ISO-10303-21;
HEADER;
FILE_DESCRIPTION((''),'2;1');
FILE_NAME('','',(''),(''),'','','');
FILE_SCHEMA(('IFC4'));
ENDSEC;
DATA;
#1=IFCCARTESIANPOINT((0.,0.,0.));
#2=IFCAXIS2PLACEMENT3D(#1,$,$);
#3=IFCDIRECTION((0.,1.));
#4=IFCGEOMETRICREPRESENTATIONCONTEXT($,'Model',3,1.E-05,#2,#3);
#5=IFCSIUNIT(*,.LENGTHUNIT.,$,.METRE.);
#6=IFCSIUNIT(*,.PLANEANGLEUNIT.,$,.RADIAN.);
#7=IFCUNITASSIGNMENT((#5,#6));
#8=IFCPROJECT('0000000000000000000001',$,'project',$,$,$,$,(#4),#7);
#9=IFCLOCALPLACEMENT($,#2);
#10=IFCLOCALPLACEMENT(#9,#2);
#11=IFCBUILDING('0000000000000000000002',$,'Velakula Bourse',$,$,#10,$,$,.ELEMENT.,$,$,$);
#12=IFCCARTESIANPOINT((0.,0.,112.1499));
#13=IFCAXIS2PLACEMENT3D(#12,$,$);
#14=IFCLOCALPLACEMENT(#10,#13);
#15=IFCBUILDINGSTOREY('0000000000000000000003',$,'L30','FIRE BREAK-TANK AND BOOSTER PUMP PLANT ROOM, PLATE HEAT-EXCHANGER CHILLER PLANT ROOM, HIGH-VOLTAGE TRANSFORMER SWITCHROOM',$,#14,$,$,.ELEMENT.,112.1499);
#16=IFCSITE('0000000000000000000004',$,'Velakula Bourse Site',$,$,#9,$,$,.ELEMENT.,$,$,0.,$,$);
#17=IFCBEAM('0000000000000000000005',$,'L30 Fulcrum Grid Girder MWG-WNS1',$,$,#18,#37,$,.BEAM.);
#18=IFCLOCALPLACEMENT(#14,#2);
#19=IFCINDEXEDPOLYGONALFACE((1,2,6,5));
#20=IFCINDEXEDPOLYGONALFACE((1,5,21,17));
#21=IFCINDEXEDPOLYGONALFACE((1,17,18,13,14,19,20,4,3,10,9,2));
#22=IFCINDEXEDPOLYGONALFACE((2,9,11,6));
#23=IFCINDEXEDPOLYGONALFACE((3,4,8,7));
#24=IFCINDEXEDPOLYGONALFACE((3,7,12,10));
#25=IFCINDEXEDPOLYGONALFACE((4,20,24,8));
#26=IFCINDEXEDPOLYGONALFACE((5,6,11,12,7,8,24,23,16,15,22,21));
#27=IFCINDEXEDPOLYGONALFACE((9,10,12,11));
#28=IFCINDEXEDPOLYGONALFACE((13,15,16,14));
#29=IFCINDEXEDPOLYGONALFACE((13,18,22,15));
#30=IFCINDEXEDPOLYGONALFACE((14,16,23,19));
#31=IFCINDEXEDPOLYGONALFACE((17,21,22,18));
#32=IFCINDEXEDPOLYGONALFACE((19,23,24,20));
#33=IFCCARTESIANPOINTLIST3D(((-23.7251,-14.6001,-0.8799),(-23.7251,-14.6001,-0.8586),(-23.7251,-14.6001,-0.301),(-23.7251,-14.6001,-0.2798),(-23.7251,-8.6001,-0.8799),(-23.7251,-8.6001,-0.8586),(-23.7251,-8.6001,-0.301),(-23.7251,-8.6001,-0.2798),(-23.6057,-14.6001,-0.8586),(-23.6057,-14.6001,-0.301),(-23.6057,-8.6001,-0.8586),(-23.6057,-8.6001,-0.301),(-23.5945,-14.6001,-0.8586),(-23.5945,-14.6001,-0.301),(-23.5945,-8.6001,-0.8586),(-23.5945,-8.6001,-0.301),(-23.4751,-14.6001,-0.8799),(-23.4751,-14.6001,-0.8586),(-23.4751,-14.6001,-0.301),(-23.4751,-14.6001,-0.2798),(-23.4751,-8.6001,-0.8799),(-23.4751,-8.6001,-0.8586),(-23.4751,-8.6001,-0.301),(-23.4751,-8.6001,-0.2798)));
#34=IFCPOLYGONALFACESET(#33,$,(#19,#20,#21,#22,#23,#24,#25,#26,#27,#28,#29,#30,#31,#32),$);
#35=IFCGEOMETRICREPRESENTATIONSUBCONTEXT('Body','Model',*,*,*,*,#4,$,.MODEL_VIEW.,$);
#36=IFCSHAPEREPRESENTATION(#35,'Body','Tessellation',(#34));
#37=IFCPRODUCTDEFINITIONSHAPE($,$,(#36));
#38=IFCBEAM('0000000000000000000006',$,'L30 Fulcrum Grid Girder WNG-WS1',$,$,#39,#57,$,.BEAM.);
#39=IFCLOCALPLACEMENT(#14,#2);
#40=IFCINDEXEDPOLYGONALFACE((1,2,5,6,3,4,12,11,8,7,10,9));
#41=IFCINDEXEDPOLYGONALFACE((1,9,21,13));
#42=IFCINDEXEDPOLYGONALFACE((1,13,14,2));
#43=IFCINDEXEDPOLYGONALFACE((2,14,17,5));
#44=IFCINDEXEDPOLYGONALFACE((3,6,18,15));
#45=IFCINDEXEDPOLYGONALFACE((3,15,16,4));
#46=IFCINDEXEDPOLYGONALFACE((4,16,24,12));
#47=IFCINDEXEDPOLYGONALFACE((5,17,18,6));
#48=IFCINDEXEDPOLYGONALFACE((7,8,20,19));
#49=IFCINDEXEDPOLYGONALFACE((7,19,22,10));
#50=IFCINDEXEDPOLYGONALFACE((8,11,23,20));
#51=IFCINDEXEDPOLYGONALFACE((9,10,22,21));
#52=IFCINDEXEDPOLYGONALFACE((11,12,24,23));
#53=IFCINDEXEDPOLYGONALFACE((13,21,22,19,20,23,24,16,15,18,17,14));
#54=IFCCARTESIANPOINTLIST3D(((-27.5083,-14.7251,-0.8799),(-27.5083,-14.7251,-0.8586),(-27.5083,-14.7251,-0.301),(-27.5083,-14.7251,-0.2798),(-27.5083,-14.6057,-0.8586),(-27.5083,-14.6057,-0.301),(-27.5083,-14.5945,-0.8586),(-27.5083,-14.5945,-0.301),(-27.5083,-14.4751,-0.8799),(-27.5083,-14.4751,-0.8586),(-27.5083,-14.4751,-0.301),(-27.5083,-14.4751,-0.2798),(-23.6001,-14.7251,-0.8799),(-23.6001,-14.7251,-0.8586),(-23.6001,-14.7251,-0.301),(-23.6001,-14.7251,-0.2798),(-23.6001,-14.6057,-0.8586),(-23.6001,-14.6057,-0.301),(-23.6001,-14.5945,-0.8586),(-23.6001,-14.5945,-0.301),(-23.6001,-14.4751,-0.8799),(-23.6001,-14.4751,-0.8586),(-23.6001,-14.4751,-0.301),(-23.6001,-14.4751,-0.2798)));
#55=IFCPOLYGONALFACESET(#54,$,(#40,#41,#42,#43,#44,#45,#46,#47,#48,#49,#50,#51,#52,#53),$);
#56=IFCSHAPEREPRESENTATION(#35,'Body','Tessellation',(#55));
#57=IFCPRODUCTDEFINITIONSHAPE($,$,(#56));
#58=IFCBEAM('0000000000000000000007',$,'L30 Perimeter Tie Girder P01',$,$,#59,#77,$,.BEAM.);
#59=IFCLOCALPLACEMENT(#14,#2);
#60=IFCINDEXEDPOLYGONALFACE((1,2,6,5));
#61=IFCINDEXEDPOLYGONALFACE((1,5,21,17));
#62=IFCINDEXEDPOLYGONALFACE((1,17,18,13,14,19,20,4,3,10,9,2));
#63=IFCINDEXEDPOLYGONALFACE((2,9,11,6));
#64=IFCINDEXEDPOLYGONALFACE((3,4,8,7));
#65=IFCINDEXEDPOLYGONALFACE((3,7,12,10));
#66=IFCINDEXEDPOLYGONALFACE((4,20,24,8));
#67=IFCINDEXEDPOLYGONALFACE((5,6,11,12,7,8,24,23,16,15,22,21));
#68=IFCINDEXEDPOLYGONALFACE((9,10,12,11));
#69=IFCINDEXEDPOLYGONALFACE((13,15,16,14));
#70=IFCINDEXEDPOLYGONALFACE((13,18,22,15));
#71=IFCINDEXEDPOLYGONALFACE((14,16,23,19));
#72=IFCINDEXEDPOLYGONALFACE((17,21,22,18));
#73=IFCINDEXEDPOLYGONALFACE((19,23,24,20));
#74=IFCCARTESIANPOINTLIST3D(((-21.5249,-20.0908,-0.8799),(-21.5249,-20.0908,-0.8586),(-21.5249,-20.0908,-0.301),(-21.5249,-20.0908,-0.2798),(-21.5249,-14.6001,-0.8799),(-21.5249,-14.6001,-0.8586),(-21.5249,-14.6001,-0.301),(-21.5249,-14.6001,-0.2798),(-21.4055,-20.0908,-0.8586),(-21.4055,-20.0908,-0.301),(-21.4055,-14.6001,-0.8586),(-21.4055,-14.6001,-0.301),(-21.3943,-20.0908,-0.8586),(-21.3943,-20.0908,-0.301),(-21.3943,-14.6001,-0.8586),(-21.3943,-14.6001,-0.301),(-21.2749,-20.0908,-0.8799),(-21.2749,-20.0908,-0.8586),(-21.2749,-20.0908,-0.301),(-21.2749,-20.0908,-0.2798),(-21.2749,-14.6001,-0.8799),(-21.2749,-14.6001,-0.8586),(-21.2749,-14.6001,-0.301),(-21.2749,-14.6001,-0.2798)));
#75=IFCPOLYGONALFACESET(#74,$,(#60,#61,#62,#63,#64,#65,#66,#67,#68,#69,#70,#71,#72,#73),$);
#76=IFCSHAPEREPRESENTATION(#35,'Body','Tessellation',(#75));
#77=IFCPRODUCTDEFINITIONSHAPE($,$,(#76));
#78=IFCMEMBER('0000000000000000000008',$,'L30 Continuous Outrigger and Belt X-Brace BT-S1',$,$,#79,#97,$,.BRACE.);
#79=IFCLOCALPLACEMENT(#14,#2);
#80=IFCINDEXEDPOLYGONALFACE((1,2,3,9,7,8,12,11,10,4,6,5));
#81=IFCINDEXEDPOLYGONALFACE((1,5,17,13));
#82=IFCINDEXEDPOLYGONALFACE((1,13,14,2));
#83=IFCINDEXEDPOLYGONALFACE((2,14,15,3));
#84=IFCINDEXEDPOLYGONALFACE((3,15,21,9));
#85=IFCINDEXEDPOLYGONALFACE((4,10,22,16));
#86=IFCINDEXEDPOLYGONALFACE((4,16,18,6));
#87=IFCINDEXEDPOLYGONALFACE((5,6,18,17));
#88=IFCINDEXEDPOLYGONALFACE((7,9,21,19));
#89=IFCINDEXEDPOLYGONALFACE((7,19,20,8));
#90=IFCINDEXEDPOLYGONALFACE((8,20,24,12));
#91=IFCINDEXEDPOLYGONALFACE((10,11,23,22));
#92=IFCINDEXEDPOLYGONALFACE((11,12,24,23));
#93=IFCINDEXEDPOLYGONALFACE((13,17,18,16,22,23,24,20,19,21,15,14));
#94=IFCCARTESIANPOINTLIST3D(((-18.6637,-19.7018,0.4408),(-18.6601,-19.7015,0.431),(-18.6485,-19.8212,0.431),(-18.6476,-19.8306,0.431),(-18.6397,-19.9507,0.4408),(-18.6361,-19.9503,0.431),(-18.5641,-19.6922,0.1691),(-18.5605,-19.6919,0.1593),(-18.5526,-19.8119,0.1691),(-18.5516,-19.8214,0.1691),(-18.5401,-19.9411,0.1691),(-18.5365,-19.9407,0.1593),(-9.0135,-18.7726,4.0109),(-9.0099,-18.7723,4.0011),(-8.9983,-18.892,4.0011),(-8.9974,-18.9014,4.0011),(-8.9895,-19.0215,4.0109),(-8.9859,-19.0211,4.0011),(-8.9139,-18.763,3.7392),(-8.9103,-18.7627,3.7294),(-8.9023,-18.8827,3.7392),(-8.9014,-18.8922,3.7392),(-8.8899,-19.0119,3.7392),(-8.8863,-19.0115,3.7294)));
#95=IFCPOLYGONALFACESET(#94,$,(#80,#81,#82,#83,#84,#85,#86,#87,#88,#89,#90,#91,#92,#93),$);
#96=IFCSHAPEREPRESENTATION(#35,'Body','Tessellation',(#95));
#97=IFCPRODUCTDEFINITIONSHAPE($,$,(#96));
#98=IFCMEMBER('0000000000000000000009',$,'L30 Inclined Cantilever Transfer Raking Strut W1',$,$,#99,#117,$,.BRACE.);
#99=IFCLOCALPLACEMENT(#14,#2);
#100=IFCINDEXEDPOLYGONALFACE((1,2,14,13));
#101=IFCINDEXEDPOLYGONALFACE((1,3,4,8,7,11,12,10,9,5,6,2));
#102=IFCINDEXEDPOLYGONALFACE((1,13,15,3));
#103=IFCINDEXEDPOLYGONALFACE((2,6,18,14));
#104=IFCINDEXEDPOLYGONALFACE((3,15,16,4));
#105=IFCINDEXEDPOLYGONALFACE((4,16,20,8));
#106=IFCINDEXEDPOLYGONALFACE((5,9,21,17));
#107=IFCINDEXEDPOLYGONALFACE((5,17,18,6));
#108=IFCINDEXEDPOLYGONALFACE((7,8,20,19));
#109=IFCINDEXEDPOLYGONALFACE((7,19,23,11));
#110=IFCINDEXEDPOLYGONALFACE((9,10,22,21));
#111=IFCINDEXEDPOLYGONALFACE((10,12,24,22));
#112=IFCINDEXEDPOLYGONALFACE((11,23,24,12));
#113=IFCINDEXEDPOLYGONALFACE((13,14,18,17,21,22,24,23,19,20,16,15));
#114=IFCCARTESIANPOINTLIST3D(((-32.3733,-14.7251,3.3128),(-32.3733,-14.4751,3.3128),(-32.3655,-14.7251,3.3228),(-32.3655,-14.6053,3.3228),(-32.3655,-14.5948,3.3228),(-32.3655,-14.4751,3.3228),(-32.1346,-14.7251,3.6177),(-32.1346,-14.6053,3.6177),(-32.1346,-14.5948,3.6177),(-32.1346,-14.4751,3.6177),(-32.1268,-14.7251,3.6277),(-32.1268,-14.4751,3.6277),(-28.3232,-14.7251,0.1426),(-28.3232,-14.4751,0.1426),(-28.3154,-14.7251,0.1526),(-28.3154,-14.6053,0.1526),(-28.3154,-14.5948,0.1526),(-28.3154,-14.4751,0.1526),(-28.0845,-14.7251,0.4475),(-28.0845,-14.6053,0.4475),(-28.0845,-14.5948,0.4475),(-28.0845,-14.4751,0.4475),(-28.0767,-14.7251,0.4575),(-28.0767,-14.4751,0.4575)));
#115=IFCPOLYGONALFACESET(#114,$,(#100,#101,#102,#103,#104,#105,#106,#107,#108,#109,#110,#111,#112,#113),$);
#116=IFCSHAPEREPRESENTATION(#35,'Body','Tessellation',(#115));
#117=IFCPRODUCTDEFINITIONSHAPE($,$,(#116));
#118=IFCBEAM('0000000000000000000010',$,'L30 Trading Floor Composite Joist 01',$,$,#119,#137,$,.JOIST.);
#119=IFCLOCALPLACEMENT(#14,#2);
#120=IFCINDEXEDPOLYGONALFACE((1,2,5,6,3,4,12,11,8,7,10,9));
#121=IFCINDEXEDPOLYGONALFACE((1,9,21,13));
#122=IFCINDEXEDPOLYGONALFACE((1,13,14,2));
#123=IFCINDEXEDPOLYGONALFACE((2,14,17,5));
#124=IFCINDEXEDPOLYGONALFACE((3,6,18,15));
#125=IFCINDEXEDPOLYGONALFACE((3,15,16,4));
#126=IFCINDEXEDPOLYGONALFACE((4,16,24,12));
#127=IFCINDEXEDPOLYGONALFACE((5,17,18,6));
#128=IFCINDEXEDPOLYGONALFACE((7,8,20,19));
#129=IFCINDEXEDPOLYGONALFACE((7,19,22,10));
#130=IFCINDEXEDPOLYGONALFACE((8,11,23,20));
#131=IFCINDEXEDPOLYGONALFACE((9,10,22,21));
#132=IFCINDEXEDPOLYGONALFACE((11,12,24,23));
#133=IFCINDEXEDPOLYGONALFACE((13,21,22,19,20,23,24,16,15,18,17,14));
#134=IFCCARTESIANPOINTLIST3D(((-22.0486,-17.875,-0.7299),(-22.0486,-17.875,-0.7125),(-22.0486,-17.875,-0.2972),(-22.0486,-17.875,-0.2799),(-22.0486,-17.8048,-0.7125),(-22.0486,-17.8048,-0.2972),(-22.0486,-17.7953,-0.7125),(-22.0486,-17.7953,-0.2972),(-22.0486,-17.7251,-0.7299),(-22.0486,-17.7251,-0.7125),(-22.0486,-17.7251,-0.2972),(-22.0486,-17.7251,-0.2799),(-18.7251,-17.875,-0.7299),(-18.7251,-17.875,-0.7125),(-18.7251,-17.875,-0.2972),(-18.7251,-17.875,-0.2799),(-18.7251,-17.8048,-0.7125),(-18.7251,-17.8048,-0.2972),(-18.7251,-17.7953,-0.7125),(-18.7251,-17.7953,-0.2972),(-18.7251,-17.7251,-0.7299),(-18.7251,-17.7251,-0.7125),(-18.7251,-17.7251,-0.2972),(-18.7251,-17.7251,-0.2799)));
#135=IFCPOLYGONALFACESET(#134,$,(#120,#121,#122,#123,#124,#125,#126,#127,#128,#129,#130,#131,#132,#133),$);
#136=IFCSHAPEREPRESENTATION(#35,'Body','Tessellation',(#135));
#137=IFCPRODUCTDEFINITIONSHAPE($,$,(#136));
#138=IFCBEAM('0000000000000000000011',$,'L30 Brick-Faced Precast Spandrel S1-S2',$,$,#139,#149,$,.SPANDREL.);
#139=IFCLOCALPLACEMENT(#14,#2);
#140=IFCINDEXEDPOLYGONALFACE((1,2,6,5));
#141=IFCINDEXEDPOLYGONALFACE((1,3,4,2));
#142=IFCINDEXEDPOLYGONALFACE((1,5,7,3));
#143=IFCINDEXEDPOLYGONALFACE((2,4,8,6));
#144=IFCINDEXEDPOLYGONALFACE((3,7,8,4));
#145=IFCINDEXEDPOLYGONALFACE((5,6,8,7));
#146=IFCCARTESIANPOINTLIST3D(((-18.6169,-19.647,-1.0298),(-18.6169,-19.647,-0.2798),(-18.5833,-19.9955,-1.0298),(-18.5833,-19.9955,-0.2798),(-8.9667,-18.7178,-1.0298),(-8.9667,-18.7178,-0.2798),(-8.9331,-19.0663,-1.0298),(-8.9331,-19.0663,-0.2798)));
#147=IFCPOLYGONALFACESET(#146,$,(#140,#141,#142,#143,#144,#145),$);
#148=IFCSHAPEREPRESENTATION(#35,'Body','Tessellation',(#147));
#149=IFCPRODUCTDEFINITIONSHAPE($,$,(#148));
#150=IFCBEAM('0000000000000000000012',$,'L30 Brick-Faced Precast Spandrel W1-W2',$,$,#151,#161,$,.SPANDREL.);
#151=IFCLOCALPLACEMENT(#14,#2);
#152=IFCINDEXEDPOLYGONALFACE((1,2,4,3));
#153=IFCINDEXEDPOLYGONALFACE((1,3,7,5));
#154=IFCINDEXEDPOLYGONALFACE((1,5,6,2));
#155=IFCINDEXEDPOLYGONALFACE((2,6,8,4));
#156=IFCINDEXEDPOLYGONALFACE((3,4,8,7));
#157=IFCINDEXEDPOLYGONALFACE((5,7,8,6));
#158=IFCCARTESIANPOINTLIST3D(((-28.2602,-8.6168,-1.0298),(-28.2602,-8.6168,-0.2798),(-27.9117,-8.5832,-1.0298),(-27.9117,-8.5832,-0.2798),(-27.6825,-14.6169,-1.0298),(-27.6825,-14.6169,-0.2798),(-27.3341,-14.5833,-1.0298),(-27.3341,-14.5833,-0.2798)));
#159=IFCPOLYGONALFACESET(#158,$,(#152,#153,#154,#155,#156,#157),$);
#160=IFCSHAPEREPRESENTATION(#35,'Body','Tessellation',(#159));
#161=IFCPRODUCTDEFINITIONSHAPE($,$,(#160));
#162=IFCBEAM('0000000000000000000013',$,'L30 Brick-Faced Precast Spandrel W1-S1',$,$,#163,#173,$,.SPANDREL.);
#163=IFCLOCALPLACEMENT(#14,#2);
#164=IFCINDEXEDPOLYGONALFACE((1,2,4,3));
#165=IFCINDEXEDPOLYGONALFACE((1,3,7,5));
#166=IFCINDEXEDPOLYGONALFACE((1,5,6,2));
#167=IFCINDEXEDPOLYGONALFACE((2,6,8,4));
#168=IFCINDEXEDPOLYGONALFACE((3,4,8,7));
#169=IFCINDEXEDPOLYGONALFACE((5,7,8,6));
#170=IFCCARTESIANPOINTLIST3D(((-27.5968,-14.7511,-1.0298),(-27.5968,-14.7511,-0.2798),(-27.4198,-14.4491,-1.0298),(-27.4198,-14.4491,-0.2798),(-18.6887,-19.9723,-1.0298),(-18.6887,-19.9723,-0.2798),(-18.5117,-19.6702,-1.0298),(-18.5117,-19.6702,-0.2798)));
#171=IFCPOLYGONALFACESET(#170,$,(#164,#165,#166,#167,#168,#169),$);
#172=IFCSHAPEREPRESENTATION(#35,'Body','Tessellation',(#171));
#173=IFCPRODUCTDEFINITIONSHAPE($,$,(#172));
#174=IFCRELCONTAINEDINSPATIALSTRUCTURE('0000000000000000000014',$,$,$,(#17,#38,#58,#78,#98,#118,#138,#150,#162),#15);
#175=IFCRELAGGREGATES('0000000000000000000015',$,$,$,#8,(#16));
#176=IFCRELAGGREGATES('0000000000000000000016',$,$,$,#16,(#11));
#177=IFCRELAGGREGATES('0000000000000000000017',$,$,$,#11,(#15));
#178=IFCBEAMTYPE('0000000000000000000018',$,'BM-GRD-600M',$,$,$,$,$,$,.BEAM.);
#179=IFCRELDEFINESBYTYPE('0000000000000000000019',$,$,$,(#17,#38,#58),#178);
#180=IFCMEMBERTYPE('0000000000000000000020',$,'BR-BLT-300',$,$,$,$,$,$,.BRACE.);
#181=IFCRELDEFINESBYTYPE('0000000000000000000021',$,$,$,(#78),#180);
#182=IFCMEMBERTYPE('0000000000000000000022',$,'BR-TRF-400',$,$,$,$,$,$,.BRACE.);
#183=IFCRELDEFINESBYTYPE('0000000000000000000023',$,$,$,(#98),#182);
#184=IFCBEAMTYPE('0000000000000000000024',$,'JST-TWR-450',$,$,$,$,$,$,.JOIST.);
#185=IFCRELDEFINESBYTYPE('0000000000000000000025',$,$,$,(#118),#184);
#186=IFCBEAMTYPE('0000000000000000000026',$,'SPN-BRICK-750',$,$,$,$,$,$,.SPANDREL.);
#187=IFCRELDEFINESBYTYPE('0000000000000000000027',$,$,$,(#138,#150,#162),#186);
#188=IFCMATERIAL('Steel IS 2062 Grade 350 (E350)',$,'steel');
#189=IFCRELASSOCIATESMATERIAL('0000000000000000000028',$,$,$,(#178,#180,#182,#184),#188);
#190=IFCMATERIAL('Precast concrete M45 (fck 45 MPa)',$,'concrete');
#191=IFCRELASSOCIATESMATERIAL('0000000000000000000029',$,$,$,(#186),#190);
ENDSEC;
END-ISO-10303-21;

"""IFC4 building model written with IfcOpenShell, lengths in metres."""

from ifc_helpers import new_model, si_unit, direction, frame, origin, origin_2d, place, context, subcontext, project, spatial, rectangle, i_section, extrude, material, material_profile, profile_set, type_object, element, save


model = new_model("IFC4")

# Units and contexts
model_context = context("Model", 3, precision=1e-05, world=origin(), true_north=direction((0.0, 1.0)))
body_context = subcontext(model_context, "Body", "Model", "MODEL_VIEW")
ifc_project = project(units=[si_unit("LENGTHUNIT", "METRE"), si_unit("PLANEANGLEUNIT", "RADIAN")], contexts=[model_context])

# Site, building, storey
site_placement = place(None, origin())
site = spatial("IfcSite", under=ifc_project, at=site_placement, Name="Velakula Bourse Site", CompositionType="ELEMENT", RefElevation=0.0)
building_placement = place(site_placement, origin())
building = spatial("IfcBuilding", under=site, at=building_placement, Name="Velakula Bourse", CompositionType="ELEMENT")
storey_placement = place(building_placement, frame((0.0, 0.0, 112.1499)))
storey = spatial("IfcBuildingStorey", under=building, at=storey_placement, Name="L30", Description="FIRE BREAK-TANK AND BOOSTER PUMP PLANT ROOM, PLATE HEAT-EXCHANGER CHILLER PLANT ROOM, HIGH-VOLTAGE TRANSFORMER SWITCHROOM", CompositionType="ELEMENT", Elevation=112.1499)

# Shared definitions
ifc_material_1 = material(Name="Precast concrete M45 (fck 45 MPa)", Category="concrete")

# Beams
ifc_material_2 = material(Name="Steel IS 2062 Grade 350 (E350)", Category="steel")
ifc_material_profile_1 = material_profile(ifc_material_2, i_section(OverallWidth=0.25, OverallDepth=0.6001, WebThickness=0.0112, FlangeThickness=0.0212, at=origin_2d()), Name="Steel IS 2062 Grade 350 (E350)")
ifc_profile_set_1 = profile_set([ifc_material_profile_1], Name="Steel IS 2062 Grade 350 (E350)")
beam_type_1 = type_object("IfcBeamType", Name="BM-GRD-600M", PredefinedType="BEAM", material=ifc_profile_set_1)
beam_1_placement = place(storey_placement, frame((-23.6001, -14.6001, -0.5798), z_axis=(0.0, 1.0, 0.0), x_axis=(-1.0, 0.0, 0.0)))
element("IfcBeam", 1, at=beam_1_placement, inside=storey, type_object=beam_type_1, Name="L30 Fulcrum Grid Girder MWG-WNS1", PredefinedType="BEAM", context=body_context, shape_type="SweptSolid", body=[
    extrude(i_section(OverallWidth=0.25, OverallDepth=0.6001, WebThickness=0.0112, FlangeThickness=0.0212, at=origin_2d()), origin(), (0.0, 0.0, 1.0), 6.0),
])
beam_2_placement = place(storey_placement, frame((-27.5083, -14.6001, -0.5798), z_axis=(1.0, 0.0, 0.0), x_axis=(0.0, 1.0, 0.0)))
element("IfcBeam", 2, at=beam_2_placement, inside=storey, type_object=beam_type_1, Name="L30 Fulcrum Grid Girder WNG-WS1", PredefinedType="BEAM", context=body_context, shape_type="SweptSolid", body=[
    extrude(i_section(OverallWidth=0.25, OverallDepth=0.6001, WebThickness=0.0112, FlangeThickness=0.0212, at=origin_2d()), origin(), (0.0, 0.0, 1.0), 3.9082),
])
beam_3_placement = place(storey_placement, frame((-21.3999, -14.6001, -0.5798), z_axis=(0.0, -1.0, 0.0), x_axis=(1.0, 0.0, 0.0)))
element("IfcBeam", 3, at=beam_3_placement, inside=storey, type_object=beam_type_1, Name="L30 Perimeter Tie Girder P01", PredefinedType="BEAM", context=body_context, shape_type="SweptSolid", body=[
    extrude(i_section(OverallWidth=0.25, OverallDepth=0.6001, WebThickness=0.0112, FlangeThickness=0.0212, at=origin_2d()), origin(), (0.0, 0.0, 1.0), 5.4907),
])

# Members
ifc_material_profile_2 = material_profile(ifc_material_2, i_section(OverallWidth=0.25, OverallDepth=0.3, WebThickness=0.0095, FlangeThickness=0.0105, at=origin_2d()), Name="Steel IS 2062 Grade 350 (E350)")
ifc_profile_set_2 = profile_set([ifc_material_profile_2], Name="Steel IS 2062 Grade 350 (E350)")
member_type_1 = type_object("IfcMemberType", Name="BR-BLT-300", PredefinedType="BRACE", material=ifc_profile_set_2)
member_1_placement = place(storey_placement, frame((-18.6001, -19.8213, 0.3), z_axis=(0.934076, 0.089941, 0.345561), x_axis=(-0.095845, 0.995396, 0.0)))
element("IfcMember", 4, at=member_1_placement, inside=storey, type_object=member_type_1, Name="L30 Continuous Outrigger and Belt X-Brace BT-S1", PredefinedType="BRACE", context=body_context, shape_type="SweptSolid", body=[
    extrude(i_section(OverallWidth=0.25, OverallDepth=0.3, WebThickness=0.0095, FlangeThickness=0.0105, at=origin_2d()), origin(), (0.0, 0.0, 1.0), 10.3313),
])
ifc_material_profile_3 = material_profile(ifc_material_2, i_section(OverallWidth=0.25, OverallDepth=0.3999, WebThickness=0.0105, FlangeThickness=0.0127, at=origin_2d()), Name="Steel IS 2062 Grade 350 (E350)")
ifc_profile_set_3 = profile_set([ifc_material_profile_3], Name="Steel IS 2062 Grade 350 (E350)")
member_type_2 = type_object("IfcMemberType", Name="BR-TRF-400", PredefinedType="BRACE", material=ifc_profile_set_3)
member_2_placement = place(storey_placement, frame((-28.2, -14.6001, 0.3), z_axis=(-0.787452, 0.0, 0.616376), x_axis=(0.0, -1.0, 0.0)))
element("IfcMember", 5, at=member_2_placement, inside=storey, type_object=member_type_2, Name="L30 Inclined Cantilever Transfer Raking Strut W1", PredefinedType="BRACE", context=body_context, shape_type="SweptSolid", body=[
    extrude(i_section(OverallWidth=0.25, OverallDepth=0.3999, WebThickness=0.0105, FlangeThickness=0.0127, at=origin_2d()), origin(), (0.0, 0.0, 1.0), 5.1433),
])

# Beams
ifc_material_profile_4 = material_profile(ifc_material_2, i_section(OverallWidth=0.1499, OverallDepth=0.45, WebThickness=0.0095, FlangeThickness=0.0173, at=origin_2d()), Name="Steel IS 2062 Grade 350 (E350)")
ifc_profile_set_4 = profile_set([ifc_material_profile_4], Name="Steel IS 2062 Grade 350 (E350)")
beam_type_2 = type_object("IfcBeamType", Name="JST-TWR-450", PredefinedType="JOIST", material=ifc_profile_set_4)
beam_4_placement = place(storey_placement, frame((-22.0486, -17.8, -0.5049), z_axis=(1.0, 0.0, 0.0), x_axis=(0.0, 1.0, 0.0)))
element("IfcBeam", 6, at=beam_4_placement, inside=storey, type_object=beam_type_2, Name="L30 Trading Floor Composite Joist 01", PredefinedType="JOIST", context=body_context, shape_type="SweptSolid", body=[
    extrude(i_section(OverallWidth=0.1499, OverallDepth=0.45, WebThickness=0.0095, FlangeThickness=0.0173, at=origin_2d()), origin(), (0.0, 0.0, 1.0), 3.3235),
])
ifc_material_profile_5 = material_profile(ifc_material_1, rectangle(XDim=0.3501, YDim=0.75, at=origin_2d()), Name="Precast concrete M45 (fck 45 MPa)")
ifc_profile_set_5 = profile_set([ifc_material_profile_5], Name="Precast concrete M45 (fck 45 MPa)")
beam_type_3 = type_object("IfcBeamType", Name="SPN-BRICK-750", PredefinedType="SPANDREL", material=ifc_profile_set_5)
beam_5_placement = place(storey_placement, frame((-18.6001, -19.8213, -0.6548), z_axis=(0.995396, 0.095845, 0.0), x_axis=(-0.095845, 0.995396, 0.0)))
element("IfcBeam", 7, at=beam_5_placement, inside=storey, type_object=beam_type_3, Name="L30 Brick-Faced Precast Spandrel S1-S2", PredefinedType="SPANDREL", context=body_context, shape_type="SweptSolid", body=[
    extrude(rectangle(XDim=0.3501, YDim=0.75, at=origin_2d()), origin(), (0.0, 0.0, 1.0), 9.6948),
])
beam_6_placement = place(storey_placement, frame((-27.5083, -14.6001, -0.6548), z_axis=(-0.09583, 0.995398, 0.0), x_axis=(-0.995398, -0.09583, 0.0)))
element("IfcBeam", 8, at=beam_6_placement, inside=storey, type_object=beam_type_3, Name="L30 Brick-Faced Precast Spandrel W1-W2", PredefinedType="SPANDREL", context=body_context, shape_type="SweptSolid", body=[
    extrude(rectangle(XDim=0.3501, YDim=0.75, at=origin_2d()), origin(), (0.0, 0.0, 1.0), 6.0278),
])
beam_7_placement = place(storey_placement, frame((-27.5083, -14.6001, -0.6548), z_axis=(0.862734, -0.505658, 0.0), x_axis=(0.505658, 0.862734, 0.0)))
element("IfcBeam", 9, at=beam_7_placement, inside=storey, type_object=beam_type_3, Name="L30 Brick-Faced Precast Spandrel W1-S1", PredefinedType="SPANDREL", context=body_context, shape_type="SweptSolid", body=[
    extrude(rectangle(XDim=0.3501, YDim=0.75, at=origin_2d()), origin(), (0.0, 0.0, 1.0), 10.3254),
])

save(model, "model.ifc")
